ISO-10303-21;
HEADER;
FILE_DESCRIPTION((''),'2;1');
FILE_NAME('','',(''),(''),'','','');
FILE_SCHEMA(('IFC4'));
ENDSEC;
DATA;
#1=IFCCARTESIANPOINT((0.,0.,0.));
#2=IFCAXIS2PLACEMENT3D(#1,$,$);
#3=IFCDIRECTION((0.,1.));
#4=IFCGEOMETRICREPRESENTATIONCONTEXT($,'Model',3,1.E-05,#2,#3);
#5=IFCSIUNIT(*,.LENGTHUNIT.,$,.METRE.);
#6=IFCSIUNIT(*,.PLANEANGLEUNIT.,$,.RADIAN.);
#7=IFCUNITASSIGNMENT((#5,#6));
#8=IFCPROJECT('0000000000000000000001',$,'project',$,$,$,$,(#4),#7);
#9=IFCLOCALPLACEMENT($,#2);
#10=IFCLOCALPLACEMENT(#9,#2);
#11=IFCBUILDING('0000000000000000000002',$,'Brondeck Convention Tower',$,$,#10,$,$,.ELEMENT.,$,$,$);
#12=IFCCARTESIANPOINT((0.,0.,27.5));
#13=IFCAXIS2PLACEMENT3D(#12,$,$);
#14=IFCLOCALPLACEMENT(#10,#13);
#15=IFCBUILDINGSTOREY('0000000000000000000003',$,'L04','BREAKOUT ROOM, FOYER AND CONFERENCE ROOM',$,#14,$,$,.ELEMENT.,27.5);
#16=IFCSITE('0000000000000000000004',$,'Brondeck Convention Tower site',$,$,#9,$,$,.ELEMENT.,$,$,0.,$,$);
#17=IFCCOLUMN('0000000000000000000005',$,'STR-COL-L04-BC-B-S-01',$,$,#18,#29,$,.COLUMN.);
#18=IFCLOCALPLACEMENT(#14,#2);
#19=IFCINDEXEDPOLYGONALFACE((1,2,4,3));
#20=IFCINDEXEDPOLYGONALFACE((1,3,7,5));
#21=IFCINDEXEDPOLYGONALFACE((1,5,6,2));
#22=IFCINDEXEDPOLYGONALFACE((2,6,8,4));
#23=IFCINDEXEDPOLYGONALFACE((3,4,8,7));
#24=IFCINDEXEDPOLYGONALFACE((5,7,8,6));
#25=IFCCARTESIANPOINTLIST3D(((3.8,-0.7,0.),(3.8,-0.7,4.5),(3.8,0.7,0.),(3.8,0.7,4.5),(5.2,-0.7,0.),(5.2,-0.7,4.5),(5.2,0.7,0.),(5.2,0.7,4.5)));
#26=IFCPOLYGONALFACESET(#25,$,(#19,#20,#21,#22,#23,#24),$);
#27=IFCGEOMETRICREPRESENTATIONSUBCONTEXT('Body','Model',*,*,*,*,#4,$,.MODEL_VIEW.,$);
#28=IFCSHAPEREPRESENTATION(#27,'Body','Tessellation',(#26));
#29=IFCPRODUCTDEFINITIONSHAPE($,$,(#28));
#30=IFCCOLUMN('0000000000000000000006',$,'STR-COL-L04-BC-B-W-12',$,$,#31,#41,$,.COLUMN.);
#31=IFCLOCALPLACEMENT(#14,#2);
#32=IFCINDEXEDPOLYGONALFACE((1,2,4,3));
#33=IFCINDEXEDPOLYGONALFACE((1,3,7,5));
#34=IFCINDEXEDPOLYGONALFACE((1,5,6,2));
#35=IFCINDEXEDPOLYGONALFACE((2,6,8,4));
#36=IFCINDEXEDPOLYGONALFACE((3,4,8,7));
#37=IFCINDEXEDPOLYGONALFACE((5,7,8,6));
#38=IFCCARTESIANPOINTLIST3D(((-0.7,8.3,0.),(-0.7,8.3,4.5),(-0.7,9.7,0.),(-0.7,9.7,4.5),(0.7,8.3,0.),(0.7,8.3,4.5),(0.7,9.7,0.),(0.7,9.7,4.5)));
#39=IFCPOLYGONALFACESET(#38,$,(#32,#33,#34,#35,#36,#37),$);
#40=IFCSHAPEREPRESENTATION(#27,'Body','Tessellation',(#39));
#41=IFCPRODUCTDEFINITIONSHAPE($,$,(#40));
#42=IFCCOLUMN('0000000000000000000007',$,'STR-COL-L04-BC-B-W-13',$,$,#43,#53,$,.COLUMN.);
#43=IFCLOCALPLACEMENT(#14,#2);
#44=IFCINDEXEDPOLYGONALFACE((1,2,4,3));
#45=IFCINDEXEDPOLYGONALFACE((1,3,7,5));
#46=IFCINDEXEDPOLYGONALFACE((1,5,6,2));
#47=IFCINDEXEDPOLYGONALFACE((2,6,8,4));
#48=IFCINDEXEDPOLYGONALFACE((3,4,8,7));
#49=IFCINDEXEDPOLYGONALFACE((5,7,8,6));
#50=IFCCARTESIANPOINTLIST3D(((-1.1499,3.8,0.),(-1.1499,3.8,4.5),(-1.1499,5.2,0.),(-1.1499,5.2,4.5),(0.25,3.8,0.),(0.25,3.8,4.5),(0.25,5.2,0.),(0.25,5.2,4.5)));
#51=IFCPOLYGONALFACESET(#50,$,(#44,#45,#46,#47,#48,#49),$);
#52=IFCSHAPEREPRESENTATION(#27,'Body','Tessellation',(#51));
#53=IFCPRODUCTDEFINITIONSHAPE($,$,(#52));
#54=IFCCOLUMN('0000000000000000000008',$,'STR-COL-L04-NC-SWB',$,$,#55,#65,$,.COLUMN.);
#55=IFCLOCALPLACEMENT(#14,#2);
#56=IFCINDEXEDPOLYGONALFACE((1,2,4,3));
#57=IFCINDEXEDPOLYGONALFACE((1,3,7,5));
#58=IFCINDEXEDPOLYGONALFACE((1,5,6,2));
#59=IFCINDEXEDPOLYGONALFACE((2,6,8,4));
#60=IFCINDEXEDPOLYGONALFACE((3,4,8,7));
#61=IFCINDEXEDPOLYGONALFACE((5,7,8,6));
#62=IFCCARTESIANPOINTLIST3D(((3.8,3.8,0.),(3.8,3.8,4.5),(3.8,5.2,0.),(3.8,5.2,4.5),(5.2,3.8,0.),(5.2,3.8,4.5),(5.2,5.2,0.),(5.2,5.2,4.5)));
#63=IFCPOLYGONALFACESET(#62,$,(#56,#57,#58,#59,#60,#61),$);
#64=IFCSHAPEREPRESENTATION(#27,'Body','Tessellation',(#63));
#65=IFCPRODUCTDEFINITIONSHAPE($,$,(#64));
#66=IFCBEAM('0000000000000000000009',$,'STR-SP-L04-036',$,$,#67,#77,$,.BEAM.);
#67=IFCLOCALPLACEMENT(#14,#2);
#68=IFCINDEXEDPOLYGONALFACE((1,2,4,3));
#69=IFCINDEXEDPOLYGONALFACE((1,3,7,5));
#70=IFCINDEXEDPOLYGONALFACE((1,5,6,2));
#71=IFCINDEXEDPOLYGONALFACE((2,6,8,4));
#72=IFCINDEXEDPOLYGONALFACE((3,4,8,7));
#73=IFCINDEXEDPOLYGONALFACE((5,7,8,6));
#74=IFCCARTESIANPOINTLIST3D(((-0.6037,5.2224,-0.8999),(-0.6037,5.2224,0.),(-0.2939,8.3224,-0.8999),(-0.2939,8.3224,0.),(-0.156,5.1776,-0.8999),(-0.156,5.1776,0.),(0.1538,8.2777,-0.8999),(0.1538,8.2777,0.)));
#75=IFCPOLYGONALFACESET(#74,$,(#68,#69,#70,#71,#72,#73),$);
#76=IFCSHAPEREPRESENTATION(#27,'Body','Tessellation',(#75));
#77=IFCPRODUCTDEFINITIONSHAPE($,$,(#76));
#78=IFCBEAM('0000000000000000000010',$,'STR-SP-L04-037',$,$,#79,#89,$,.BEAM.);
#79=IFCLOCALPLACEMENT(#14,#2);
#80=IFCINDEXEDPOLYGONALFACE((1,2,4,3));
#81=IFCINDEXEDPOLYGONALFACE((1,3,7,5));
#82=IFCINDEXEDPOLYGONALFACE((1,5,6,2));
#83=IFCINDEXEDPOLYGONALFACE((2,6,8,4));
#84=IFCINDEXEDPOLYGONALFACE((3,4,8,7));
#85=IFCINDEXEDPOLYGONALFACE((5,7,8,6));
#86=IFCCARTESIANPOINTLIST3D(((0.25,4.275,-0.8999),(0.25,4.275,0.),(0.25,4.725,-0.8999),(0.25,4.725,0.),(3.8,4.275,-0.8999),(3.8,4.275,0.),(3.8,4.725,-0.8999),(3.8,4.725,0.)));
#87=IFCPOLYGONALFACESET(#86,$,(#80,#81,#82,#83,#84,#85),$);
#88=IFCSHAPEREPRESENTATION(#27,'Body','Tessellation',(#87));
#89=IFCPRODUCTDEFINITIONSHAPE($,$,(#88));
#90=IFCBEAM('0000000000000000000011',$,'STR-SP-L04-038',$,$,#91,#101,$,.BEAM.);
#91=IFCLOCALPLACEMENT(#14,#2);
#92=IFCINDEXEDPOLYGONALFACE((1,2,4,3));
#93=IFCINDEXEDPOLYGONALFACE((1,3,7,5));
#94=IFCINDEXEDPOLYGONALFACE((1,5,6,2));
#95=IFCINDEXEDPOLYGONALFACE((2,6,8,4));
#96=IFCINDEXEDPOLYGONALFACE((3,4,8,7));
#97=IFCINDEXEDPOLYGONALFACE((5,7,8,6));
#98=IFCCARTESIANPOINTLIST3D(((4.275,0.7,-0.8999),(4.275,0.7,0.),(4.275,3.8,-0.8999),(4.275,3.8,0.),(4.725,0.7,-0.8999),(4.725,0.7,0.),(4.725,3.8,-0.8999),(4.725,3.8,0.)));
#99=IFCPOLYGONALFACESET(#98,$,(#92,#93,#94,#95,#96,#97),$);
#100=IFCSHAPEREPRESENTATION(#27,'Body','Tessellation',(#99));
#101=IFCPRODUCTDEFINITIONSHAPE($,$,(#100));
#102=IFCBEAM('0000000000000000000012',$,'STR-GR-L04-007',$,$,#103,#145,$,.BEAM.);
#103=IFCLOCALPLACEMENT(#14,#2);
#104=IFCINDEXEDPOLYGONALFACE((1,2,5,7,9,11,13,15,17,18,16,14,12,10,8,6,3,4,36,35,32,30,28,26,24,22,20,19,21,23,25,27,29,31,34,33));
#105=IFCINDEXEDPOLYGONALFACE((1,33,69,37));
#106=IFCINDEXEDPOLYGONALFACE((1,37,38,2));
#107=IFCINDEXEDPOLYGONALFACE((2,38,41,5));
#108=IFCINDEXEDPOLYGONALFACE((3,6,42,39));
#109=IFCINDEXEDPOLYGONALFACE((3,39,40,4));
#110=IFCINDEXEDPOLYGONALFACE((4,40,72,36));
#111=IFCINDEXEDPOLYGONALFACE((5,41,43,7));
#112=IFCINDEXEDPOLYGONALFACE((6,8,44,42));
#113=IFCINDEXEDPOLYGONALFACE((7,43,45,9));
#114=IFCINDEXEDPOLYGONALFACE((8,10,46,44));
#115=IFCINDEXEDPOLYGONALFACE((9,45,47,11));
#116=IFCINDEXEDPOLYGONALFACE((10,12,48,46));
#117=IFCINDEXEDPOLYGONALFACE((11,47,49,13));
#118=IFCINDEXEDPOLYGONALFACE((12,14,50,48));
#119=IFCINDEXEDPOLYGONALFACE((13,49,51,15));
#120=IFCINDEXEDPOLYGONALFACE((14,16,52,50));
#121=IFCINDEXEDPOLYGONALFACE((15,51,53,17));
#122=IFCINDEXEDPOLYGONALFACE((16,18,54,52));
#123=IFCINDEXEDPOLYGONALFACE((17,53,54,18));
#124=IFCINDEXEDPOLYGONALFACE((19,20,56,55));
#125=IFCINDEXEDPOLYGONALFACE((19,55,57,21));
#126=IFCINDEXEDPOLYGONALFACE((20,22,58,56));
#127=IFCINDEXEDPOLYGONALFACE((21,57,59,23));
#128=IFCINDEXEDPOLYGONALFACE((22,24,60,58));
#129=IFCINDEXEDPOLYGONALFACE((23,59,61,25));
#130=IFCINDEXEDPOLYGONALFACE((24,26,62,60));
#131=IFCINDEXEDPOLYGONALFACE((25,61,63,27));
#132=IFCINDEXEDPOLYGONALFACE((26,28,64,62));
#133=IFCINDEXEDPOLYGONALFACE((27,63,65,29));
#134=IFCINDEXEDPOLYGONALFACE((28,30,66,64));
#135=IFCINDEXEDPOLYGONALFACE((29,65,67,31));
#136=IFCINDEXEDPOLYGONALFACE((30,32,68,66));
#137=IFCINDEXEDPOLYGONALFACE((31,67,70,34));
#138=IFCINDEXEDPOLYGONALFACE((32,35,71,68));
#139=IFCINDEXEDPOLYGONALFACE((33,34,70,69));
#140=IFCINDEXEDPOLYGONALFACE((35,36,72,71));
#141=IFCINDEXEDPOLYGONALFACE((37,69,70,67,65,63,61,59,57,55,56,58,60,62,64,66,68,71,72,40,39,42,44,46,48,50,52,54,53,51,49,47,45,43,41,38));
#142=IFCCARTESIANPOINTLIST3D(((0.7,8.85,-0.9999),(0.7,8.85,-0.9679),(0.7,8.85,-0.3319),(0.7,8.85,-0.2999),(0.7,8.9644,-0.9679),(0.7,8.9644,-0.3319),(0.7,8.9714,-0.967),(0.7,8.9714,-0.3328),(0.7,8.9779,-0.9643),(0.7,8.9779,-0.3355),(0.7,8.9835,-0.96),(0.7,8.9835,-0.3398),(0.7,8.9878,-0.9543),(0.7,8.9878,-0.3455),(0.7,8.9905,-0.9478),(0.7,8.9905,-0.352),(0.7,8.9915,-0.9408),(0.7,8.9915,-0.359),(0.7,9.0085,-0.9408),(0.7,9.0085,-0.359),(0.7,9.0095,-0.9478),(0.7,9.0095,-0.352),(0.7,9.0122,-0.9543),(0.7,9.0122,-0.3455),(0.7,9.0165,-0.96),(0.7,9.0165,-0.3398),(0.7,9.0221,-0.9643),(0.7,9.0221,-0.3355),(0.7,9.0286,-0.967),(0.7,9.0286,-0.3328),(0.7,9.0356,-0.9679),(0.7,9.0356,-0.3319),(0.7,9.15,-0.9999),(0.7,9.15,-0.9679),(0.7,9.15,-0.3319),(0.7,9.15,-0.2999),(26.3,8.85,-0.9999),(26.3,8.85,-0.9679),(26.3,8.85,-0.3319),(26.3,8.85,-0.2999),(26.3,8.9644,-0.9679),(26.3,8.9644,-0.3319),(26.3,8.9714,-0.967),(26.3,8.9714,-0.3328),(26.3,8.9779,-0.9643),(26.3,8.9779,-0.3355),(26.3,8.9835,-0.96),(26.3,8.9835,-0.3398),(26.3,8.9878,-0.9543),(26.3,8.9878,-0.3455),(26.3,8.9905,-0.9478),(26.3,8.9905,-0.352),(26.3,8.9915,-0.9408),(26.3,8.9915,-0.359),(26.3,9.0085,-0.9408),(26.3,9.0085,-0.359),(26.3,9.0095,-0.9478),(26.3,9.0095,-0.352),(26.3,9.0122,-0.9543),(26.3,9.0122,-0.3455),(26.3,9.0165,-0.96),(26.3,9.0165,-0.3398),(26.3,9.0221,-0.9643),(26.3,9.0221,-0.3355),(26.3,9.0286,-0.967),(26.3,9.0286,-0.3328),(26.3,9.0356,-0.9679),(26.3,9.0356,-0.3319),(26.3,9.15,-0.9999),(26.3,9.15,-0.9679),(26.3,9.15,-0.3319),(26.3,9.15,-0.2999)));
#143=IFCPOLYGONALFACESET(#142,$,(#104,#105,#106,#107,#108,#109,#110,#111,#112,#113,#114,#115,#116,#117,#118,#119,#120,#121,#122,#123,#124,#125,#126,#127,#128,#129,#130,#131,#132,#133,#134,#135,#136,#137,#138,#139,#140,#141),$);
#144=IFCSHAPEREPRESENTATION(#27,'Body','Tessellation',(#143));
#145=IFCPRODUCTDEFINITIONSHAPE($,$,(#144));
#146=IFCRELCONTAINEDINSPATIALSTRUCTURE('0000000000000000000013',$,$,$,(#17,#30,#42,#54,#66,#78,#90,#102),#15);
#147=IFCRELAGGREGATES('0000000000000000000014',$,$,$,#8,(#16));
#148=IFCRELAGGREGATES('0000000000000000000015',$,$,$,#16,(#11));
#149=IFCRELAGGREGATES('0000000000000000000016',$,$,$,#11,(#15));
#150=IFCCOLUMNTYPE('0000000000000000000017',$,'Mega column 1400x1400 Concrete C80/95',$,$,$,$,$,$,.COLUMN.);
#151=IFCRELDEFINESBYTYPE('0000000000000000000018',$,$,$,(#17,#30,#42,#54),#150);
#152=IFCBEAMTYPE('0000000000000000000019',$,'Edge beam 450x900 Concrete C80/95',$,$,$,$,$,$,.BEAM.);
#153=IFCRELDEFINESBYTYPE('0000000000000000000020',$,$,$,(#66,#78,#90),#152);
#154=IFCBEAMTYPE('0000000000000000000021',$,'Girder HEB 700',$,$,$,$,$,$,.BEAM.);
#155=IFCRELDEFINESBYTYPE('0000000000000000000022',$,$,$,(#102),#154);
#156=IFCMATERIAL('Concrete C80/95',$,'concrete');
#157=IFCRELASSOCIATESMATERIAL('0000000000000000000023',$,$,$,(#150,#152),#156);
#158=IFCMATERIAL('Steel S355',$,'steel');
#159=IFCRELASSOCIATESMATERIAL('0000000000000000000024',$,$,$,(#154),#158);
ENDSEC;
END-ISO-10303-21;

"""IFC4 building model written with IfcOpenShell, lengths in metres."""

from ifc_helpers import new_model, si_unit, direction, frame, origin, origin_2d, place, context, subcontext, project, spatial, rectangle, i_section, extrude, material, material_profile, profile_set, type_object, element, save


model = new_model("IFC4")

# Units and contexts
model_context = context("Model", 3, precision=1e-05, world=origin(), true_north=direction((0.0, 1.0)))
body_context = subcontext(model_context, "Body", "Model", "MODEL_VIEW")
ifc_project = project(units=[si_unit("LENGTHUNIT", "METRE"), si_unit("PLANEANGLEUNIT", "RADIAN")], contexts=[model_context])

# Site, building, storey
site_placement = place(None, origin())
site = spatial("IfcSite", under=ifc_project, at=site_placement, Name="Brondeck Convention Tower site", CompositionType="ELEMENT", RefElevation=0.0)
building_placement = place(site_placement, origin())
building = spatial("IfcBuilding", under=site, at=building_placement, Name="Brondeck Convention Tower", CompositionType="ELEMENT")
storey_placement = place(building_placement, frame((0.0, 0.0, 27.5)))
storey = spatial("IfcBuildingStorey", under=building, at=storey_placement, Name="L04", Description="BREAKOUT ROOM, FOYER AND CONFERENCE ROOM", CompositionType="ELEMENT", Elevation=27.5)

# Columns
ifc_material_1 = material(Name="Concrete C80/95", Category="concrete")
ifc_material_profile_1 = material_profile(ifc_material_1, rectangle(XDim=1.3999, YDim=1.3999, at=origin_2d()), Name="Mega column 1400x1400 Concrete C80/95")
ifc_profile_set_1 = profile_set([ifc_material_profile_1], Name="Concrete C80/95")
column_type = type_object("IfcColumnType", Name="Mega column 1400x1400 Concrete C80/95", PredefinedType="COLUMN", material=ifc_profile_set_1)
for number, where, z_axis, x_axis, name in (
    (1, (4.5, 0.0, 0.0), (0.0, 0.0, 1.0), (1.0, 0.0, 0.0), "STR-COL-L04-BC-B-S-01"),
    (2, (0.0, 9.0, 0.0), (0.0, 0.0, 1.0), (1.0, 0.0, 0.0), "STR-COL-L04-BC-B-W-12"),
    (3, (-0.45, 4.5, 0.0), (0.0, 0.0, 1.0), (1.0, 0.0, 0.0), "STR-COL-L04-BC-B-W-13"),
    (4, (4.5, 4.5, 0.0), (0.0, 0.0, 1.0), (1.0, 0.0, 0.0), "STR-COL-L04-NC-SWB"),
):
    element("IfcColumn", number, at=place(storey_placement, frame(where, z_axis=z_axis, x_axis=x_axis)), inside=storey, type_object=column_type, Name=name, PredefinedType="COLUMN", context=body_context, shape_type="SweptSolid", body=[
        extrude(rectangle(XDim=1.3999, YDim=1.3999, at=origin_2d()), origin(), (0.0, 0.0, 1.0), 4.5),
    ])

# Beams
ifc_material_profile_2 = material_profile(ifc_material_1, rectangle(XDim=0.45, YDim=0.8999, at=origin_2d()), Name="Edge beam 450x900 Concrete C80/95")
ifc_profile_set_2 = profile_set([ifc_material_profile_2], Name="Concrete C80/95")
beam_type_1 = type_object("IfcBeamType", Name="Edge beam 450x900 Concrete C80/95", PredefinedType="BEAM", material=ifc_profile_set_2)
beam_1_placement = place(storey_placement, frame((-0.0701, 8.3, -0.45), z_axis=(-0.099442, -0.995043, 0.0), x_axis=(0.995043, -0.099442, 0.0)))
element("IfcBeam", 5, at=beam_1_placement, inside=storey, type_object=beam_type_1, Name="STR-SP-L04-036", PredefinedType="BEAM", context=body_context, shape_type="SweptSolid", body=[
    extrude(rectangle(XDim=0.45, YDim=0.8999, at=origin_2d()), origin(), (0.0, 0.0, 1.0), 3.1155),
])
beam_2_placement = place(storey_placement, frame((0.25, 4.5, -0.45), z_axis=(1.0, 0.0, 0.0), x_axis=(0.0, 1.0, 0.0)))
element("IfcBeam", 6, at=beam_2_placement, inside=storey, type_object=beam_type_1, Name="STR-SP-L04-037", PredefinedType="BEAM", context=body_context, shape_type="SweptSolid", body=[
    extrude(rectangle(XDim=0.45, YDim=0.8999, at=origin_2d()), origin(), (0.0, 0.0, 1.0), 3.55),
])
beam_3_placement = place(storey_placement, frame((4.5, 3.8, -0.45), z_axis=(0.0, -1.0, 0.0), x_axis=(1.0, 0.0, 0.0)))
element("IfcBeam", 7, at=beam_3_placement, inside=storey, type_object=beam_type_1, Name="STR-SP-L04-038", PredefinedType="BEAM", context=body_context, shape_type="SweptSolid", body=[
    extrude(rectangle(XDim=0.45, YDim=0.8999, at=origin_2d()), origin(), (0.0, 0.0, 1.0), 3.1001),
])
ifc_material_2 = material(Name="Steel S355", Category="steel")
ifc_material_profile_3 = material_profile(ifc_material_2, i_section(OverallWidth=0.3, OverallDepth=0.7, WebThickness=0.0171, FlangeThickness=0.032, FilletRadius=0.0271, at=origin_2d()), Name="HEB 700")
ifc_profile_set_3 = profile_set([ifc_material_profile_3], Name="Steel S355")
beam_type_2 = type_object("IfcBeamType", Name="Girder HEB 700", PredefinedType="BEAM", material=ifc_profile_set_3)
beam_4_placement = place(storey_placement, frame((0.7, 9.0, -0.6499), z_axis=(1.0, 0.0, 0.0), x_axis=(0.0, 1.0, 0.0)))
element("IfcBeam", 8, at=beam_4_placement, inside=storey, type_object=beam_type_2, Name="STR-GR-L04-007", PredefinedType="BEAM", context=body_context, shape_type="SweptSolid", body=[
    extrude(i_section(OverallWidth=0.3, OverallDepth=0.7, WebThickness=0.0171, FlangeThickness=0.032, FilletRadius=0.0271, at=origin_2d()), origin(), (0.0, 0.0, 1.0), 25.6001),
])

save(model, "model.ifc")
